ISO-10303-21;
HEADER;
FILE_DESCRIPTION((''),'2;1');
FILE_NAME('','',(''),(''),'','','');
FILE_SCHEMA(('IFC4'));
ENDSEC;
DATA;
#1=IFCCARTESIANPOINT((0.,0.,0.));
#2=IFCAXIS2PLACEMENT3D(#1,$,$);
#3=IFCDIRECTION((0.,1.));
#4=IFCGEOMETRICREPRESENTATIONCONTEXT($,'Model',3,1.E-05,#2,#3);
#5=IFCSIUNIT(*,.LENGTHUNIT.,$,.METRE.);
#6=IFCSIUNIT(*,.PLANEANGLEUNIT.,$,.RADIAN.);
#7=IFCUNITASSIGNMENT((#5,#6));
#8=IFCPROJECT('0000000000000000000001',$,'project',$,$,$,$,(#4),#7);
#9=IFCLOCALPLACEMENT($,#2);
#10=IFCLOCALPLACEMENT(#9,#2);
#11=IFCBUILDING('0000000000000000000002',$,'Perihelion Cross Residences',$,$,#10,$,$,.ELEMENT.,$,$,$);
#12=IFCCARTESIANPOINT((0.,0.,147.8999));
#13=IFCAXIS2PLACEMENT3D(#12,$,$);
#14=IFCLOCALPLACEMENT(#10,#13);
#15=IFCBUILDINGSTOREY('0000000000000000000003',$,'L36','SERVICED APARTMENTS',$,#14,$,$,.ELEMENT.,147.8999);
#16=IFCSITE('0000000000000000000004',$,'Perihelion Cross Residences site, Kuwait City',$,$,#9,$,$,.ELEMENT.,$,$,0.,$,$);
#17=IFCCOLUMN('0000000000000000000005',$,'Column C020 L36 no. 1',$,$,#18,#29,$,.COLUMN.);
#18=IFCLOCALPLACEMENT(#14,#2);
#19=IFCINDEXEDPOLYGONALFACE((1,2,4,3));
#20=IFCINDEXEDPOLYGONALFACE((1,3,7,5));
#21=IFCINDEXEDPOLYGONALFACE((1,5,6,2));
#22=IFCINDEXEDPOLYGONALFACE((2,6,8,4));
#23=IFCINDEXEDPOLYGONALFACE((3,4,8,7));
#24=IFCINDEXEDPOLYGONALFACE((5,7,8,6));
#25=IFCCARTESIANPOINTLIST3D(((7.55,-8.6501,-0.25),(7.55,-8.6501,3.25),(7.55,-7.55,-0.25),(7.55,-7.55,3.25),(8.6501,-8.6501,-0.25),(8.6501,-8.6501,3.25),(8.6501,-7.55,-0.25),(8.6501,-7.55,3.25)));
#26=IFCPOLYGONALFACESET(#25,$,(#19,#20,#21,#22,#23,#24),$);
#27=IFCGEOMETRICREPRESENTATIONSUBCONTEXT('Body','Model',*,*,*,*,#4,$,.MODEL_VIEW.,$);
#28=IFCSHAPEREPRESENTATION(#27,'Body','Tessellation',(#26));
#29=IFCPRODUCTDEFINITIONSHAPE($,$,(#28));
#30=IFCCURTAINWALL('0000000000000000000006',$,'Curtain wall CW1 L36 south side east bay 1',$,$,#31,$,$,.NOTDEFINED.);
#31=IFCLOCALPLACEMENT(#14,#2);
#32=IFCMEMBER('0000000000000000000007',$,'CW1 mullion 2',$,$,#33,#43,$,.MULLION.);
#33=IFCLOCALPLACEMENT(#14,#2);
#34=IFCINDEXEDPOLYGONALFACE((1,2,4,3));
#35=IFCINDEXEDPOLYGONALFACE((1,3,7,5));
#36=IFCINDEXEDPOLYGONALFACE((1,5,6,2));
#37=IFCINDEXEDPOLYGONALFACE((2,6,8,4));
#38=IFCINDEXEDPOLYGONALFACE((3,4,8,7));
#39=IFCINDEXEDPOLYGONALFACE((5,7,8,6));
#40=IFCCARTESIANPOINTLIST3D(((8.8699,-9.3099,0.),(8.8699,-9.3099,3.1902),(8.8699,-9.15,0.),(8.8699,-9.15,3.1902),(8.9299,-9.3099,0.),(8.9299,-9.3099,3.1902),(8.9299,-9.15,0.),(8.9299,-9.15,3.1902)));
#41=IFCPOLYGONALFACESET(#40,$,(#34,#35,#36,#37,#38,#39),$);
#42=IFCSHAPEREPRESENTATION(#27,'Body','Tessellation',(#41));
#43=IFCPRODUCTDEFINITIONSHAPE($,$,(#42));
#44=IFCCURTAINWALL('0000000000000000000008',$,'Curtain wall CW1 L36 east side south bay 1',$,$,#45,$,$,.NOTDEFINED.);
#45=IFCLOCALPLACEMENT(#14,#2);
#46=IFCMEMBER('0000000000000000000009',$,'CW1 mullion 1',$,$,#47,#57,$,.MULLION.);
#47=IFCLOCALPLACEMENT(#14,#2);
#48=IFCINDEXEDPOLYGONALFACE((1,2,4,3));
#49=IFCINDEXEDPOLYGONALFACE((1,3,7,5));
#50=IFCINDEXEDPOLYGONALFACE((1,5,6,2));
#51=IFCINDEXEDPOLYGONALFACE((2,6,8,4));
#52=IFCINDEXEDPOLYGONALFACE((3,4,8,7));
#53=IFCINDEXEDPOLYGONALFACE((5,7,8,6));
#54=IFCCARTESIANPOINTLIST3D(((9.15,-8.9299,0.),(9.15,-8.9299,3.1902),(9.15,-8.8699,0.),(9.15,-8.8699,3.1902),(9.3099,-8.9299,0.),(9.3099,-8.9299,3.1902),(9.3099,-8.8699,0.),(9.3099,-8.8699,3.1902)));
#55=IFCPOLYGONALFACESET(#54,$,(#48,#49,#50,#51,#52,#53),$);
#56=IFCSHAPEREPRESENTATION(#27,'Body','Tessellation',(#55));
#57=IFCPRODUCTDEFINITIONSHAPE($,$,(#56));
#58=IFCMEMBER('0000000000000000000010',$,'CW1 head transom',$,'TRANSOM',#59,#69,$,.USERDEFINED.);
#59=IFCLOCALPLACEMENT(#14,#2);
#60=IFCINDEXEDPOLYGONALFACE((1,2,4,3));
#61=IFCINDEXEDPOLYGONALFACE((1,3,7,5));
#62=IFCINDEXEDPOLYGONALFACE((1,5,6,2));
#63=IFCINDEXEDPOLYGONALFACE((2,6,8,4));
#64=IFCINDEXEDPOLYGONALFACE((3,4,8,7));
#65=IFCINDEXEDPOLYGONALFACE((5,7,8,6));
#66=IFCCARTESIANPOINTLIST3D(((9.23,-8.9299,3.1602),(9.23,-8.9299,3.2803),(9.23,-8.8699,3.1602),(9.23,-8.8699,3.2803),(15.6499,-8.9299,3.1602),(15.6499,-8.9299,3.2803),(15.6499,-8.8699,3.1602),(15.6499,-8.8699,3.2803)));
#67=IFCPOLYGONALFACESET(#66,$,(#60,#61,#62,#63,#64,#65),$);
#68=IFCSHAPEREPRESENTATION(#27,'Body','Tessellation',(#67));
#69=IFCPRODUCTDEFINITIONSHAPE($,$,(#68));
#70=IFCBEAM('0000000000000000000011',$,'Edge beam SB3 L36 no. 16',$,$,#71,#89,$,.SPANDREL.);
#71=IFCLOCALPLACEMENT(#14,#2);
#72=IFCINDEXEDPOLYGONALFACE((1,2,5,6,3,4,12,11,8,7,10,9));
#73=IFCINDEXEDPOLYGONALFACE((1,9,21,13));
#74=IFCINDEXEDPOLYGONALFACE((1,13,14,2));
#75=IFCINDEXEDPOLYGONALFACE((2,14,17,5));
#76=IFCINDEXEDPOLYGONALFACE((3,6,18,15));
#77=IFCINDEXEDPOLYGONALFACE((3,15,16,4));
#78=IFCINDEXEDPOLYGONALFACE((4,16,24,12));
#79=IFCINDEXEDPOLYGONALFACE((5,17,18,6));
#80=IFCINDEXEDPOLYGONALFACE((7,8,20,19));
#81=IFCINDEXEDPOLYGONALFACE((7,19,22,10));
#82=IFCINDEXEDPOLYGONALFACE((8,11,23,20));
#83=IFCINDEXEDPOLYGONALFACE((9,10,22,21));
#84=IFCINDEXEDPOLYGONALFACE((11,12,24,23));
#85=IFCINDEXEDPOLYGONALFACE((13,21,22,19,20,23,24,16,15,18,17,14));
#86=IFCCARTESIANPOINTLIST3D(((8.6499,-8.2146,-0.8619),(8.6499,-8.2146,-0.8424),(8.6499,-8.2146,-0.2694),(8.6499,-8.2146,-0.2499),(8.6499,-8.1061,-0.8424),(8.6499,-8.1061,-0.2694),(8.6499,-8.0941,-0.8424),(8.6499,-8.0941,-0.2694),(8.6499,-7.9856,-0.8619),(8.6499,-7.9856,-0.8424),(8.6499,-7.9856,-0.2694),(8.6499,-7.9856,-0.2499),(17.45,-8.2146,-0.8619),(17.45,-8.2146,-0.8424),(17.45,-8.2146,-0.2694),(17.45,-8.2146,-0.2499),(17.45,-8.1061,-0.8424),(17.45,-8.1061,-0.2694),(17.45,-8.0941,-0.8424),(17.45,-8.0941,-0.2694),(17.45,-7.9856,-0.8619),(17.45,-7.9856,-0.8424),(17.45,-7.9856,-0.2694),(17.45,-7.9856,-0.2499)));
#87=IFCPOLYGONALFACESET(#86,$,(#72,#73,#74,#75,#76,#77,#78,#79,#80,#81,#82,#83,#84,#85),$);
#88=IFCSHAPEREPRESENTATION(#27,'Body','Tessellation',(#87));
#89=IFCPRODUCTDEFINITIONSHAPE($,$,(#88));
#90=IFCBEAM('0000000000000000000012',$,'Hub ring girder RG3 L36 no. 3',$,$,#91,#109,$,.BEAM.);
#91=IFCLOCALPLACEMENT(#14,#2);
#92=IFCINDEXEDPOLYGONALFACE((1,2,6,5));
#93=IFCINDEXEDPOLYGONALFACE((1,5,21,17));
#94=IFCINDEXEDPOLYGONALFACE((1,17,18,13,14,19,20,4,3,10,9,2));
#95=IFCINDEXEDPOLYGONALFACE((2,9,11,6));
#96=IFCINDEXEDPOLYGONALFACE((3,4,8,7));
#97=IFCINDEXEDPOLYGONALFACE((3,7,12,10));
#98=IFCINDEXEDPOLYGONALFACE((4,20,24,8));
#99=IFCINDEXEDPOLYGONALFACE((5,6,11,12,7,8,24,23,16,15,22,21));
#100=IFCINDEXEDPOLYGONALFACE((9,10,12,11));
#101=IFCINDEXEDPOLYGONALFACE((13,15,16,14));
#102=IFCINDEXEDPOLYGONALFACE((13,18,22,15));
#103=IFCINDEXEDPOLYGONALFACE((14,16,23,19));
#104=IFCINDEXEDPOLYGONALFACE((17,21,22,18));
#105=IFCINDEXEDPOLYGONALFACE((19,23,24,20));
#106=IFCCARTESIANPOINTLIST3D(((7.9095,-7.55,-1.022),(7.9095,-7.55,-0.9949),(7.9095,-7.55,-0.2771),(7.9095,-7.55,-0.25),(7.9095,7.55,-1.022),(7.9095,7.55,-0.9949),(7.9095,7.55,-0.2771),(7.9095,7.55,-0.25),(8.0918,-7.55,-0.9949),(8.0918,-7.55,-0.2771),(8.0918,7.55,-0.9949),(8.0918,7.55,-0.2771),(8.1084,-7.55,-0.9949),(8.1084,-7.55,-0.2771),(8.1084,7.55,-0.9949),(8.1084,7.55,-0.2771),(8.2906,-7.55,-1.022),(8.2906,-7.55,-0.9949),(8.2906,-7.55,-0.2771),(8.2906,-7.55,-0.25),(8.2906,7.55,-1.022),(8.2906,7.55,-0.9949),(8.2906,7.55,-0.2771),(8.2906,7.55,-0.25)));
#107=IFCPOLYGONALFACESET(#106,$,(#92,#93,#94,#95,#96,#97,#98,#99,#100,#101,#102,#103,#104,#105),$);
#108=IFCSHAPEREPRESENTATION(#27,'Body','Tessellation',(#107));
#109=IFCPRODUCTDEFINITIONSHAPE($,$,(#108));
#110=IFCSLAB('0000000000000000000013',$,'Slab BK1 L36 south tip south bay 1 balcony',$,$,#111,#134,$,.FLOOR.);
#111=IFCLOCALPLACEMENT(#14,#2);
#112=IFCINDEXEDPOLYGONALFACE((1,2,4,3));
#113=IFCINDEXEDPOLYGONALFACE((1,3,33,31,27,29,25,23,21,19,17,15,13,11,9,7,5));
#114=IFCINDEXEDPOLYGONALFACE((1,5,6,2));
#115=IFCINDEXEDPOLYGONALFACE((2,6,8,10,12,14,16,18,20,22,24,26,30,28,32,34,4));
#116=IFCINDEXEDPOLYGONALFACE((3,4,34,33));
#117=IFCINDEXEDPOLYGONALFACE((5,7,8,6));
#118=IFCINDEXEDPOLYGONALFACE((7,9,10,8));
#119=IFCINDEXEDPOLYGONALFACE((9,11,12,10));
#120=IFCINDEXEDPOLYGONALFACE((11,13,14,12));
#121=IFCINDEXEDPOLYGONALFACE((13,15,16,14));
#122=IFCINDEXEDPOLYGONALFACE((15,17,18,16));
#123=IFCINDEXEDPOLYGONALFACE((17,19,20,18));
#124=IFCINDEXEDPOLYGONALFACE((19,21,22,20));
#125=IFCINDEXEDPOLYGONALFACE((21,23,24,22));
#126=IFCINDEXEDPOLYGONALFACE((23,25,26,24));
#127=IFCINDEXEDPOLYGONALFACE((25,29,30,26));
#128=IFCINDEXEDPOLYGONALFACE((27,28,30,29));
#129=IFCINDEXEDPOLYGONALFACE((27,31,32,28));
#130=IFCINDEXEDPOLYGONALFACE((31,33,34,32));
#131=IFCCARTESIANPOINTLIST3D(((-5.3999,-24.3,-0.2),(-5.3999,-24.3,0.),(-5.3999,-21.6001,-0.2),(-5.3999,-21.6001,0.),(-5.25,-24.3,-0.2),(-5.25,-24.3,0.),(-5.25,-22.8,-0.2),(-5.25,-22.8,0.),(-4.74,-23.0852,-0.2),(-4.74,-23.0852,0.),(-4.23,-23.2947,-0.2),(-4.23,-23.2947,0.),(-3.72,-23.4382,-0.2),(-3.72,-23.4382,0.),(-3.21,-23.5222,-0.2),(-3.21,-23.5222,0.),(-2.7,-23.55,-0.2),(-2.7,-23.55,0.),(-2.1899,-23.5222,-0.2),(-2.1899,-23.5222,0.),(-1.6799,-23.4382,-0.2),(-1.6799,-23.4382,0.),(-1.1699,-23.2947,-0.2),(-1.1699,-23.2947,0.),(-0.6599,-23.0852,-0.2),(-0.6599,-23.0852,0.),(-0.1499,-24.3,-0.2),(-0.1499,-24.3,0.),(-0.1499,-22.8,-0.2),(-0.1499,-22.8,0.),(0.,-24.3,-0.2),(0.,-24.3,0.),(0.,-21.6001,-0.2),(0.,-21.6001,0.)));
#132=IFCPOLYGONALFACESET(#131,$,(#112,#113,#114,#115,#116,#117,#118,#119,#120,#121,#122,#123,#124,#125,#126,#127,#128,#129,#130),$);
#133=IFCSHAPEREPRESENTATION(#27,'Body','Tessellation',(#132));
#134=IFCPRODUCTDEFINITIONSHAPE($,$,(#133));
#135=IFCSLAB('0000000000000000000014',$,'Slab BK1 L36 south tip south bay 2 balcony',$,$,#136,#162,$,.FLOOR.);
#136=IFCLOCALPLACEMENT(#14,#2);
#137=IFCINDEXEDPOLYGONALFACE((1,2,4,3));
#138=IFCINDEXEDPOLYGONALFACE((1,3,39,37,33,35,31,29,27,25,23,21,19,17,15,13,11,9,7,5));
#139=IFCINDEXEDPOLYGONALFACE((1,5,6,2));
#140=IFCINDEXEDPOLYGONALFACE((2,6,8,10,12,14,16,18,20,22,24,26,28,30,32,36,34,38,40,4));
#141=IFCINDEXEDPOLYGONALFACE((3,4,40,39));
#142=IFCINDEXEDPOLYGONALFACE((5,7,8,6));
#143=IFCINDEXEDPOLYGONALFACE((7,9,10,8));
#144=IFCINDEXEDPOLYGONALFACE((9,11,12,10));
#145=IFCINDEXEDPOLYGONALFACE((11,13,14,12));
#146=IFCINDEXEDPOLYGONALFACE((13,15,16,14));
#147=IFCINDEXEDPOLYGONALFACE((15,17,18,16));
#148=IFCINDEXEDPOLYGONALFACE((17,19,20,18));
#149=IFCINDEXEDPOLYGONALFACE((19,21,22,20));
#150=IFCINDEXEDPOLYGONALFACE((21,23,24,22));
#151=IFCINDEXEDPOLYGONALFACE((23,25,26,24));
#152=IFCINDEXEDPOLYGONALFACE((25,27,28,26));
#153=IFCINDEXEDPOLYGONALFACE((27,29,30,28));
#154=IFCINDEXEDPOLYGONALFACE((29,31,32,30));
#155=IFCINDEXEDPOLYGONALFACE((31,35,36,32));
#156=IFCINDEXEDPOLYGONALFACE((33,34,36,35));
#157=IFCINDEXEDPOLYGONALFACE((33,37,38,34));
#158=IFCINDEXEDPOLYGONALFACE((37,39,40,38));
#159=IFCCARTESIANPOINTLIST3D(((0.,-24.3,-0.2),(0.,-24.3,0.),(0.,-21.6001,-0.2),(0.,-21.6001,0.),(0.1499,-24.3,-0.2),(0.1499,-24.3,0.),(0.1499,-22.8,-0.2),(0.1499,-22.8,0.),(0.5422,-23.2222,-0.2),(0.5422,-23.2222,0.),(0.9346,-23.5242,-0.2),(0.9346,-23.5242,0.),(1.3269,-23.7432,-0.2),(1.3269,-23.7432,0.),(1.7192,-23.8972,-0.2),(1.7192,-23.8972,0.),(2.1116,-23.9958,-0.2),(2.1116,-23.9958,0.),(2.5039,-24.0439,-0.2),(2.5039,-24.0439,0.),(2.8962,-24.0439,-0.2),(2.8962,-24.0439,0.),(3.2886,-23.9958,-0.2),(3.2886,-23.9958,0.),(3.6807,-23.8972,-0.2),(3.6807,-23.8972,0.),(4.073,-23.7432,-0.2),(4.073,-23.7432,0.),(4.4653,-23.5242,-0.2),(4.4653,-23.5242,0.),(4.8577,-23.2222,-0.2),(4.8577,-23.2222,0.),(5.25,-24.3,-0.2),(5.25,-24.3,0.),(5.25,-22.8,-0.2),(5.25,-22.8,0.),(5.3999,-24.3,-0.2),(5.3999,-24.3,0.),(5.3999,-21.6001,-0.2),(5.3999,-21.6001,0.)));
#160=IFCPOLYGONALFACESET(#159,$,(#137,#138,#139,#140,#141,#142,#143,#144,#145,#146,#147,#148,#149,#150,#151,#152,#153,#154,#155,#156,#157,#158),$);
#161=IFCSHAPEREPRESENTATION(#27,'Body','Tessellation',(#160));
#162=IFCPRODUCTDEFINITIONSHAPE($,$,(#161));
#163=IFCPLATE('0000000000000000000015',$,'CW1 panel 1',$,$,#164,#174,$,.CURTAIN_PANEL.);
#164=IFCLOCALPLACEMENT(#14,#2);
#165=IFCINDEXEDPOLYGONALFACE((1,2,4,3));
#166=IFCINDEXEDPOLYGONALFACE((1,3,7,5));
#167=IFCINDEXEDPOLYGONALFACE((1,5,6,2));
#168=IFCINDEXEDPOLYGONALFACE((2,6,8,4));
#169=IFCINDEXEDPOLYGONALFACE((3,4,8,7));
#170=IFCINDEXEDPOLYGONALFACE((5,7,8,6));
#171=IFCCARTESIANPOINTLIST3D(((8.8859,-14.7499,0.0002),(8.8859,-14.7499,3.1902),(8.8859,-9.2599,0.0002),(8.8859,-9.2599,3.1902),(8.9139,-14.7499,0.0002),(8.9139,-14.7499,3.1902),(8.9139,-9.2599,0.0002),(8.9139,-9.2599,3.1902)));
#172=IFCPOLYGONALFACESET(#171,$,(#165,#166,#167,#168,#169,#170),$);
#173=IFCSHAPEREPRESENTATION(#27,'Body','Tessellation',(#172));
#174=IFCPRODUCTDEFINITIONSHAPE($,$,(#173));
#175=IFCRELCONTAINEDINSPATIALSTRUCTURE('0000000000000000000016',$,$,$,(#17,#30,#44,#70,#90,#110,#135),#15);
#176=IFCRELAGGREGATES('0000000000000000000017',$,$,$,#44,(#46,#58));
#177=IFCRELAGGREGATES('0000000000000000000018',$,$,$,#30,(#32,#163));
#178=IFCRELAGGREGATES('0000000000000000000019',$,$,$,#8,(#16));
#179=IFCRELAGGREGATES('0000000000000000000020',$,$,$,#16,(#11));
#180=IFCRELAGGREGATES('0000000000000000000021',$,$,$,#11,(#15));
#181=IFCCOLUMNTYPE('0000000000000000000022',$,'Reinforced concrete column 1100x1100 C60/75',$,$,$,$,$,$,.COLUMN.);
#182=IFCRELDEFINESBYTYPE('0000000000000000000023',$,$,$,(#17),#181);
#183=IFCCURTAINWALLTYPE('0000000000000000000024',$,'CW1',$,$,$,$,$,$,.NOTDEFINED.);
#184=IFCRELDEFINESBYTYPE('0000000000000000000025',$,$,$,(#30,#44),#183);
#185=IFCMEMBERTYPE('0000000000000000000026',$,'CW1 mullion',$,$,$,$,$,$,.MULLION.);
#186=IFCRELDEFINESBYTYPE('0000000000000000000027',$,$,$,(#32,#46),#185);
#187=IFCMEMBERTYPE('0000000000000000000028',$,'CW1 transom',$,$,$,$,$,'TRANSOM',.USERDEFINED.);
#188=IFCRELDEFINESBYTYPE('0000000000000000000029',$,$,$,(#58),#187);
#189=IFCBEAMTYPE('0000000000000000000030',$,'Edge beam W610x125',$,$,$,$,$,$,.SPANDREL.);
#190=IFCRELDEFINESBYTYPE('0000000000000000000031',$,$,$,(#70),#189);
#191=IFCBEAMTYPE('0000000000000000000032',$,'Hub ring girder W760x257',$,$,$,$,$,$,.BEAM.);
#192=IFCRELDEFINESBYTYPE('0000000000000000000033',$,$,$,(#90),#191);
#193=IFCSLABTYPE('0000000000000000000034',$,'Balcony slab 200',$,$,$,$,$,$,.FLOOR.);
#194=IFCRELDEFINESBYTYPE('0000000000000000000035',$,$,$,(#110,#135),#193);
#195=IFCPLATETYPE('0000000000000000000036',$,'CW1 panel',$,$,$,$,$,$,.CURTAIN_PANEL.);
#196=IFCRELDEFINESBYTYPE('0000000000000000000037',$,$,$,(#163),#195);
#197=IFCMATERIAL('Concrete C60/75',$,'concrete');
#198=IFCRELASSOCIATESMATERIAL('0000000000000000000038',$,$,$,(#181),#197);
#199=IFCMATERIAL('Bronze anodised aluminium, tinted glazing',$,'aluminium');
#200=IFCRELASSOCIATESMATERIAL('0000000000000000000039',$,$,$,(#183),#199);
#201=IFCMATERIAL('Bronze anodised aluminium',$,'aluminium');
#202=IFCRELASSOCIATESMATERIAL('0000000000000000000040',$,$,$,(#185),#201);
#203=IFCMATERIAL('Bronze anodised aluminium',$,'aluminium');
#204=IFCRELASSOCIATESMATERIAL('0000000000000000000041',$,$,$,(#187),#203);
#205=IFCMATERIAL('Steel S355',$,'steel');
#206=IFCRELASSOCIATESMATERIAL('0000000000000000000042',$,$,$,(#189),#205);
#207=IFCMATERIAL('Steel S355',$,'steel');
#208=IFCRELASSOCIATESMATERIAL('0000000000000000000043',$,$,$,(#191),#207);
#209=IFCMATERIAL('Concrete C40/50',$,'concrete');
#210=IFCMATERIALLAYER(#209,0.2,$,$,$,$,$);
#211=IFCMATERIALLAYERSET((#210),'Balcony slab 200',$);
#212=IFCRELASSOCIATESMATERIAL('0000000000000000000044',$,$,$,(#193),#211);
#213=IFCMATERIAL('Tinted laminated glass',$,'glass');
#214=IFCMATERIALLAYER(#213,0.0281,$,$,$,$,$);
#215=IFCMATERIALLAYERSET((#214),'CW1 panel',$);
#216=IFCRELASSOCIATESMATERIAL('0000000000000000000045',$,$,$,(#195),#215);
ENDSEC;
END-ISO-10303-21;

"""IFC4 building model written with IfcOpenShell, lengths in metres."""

from ifc_helpers import new_model, si_unit, direction, frame, origin, origin_2d, place, context, subcontext, project, spatial, polyline, rectangle, i_section, outline, extrude, material, layer, layer_set, material_profile, profile_set, type_object, element, aggregate, save


model = new_model("IFC4")

# Units and contexts
model_context = context("Model", 3, precision=1e-05, world=origin(), true_north=direction((0.0, 1.0)))
body_context = subcontext(model_context, "Body", "Model", "MODEL_VIEW")
ifc_project = project(units=[si_unit("LENGTHUNIT", "METRE"), si_unit("PLANEANGLEUNIT", "RADIAN")], contexts=[model_context])

# Site, building, storey
site_placement = place(None, origin())
site = spatial("IfcSite", under=ifc_project, at=site_placement, Name="Perihelion Cross Residences site, Kuwait City", CompositionType="ELEMENT", RefElevation=0.0)
building_placement = place(site_placement, origin())
building = spatial("IfcBuilding", under=site, at=building_placement, Name="Perihelion Cross Residences", CompositionType="ELEMENT")
storey_placement = place(building_placement, frame((0.0, 0.0, 147.8999)))
storey = spatial("IfcBuildingStorey", under=building, at=storey_placement, Name="L36", Description="SERVICED APARTMENTS", CompositionType="ELEMENT", Elevation=147.8999)

# Column
ifc_material_1 = material(Name="Concrete C60/75", Category="concrete")
ifc_material_profile_1 = material_profile(ifc_material_1, rectangle(XDim=1.1001, YDim=1.1001, at=origin_2d()), Name="RC 1100x1100")
ifc_profile_set_1 = profile_set([ifc_material_profile_1], Name="Concrete C60/75")
column_type = type_object("IfcColumnType", Name="Reinforced concrete column 1100x1100 C60/75", PredefinedType="COLUMN", material=ifc_profile_set_1)
column_placement = place(storey_placement, frame((8.1001, -8.1001, -0.25), z_axis=(0.0, 0.0, 1.0), x_axis=(1.0, 0.0, 0.0)))
element("IfcColumn", 1, at=column_placement, inside=storey, type_object=column_type, Name="Column C020 L36 no. 1", PredefinedType="COLUMN", context=body_context, shape_type="SweptSolid", body=[
    extrude(rectangle(XDim=1.1001, YDim=1.1001, at=origin_2d()), origin(), (0.0, 0.0, 1.0), 3.5),
])

# Curtain wall, member
ifc_material_2 = material(Name="Bronze anodised aluminium, tinted glazing", Category="aluminium")
curtain_wall_type = type_object("IfcCurtainWallType", Name="CW1", PredefinedType="NOTDEFINED", material=ifc_material_2)
curtain_wall_1_placement = place(storey_placement, origin())
curtain_wall_1 = element("IfcCurtainWall", 2, at=curtain_wall_1_placement, inside=storey, type_object=curtain_wall_type, Name="Curtain wall CW1 L36 south side east bay 1", PredefinedType="NOTDEFINED")
ifc_material_3 = material(Name="Bronze anodised aluminium", Category="aluminium")
ifc_material_profile_2 = material_profile(ifc_material_3, rectangle(XDim=0.0601, YDim=0.1599, at=origin_2d()), Name="CW1 mullion")
ifc_profile_set_2 = profile_set([ifc_material_profile_2], Name="Bronze anodised aluminium")
member_type_1 = type_object("IfcMemberType", Name="CW1 mullion", PredefinedType="MULLION", material=ifc_profile_set_2)
member_1_placement = place(storey_placement, frame((8.8999, -9.23, 0.0), z_axis=(0.0, 0.0, 1.0), x_axis=(-1.0, 0.0, 0.0)))
member_1 = element("IfcMember", 3, at=member_1_placement, type_object=member_type_1, Name="CW1 mullion 2", PredefinedType="MULLION", context=body_context, shape_type="SweptSolid", body=[
    extrude(rectangle(XDim=0.0601, YDim=0.1599, at=origin_2d()), origin(), (0.0, 0.0, 1.0), 3.1902),
])

# Curtain wall, members
curtain_wall_2_placement = place(storey_placement, origin())
curtain_wall_2 = element("IfcCurtainWall", 4, at=curtain_wall_2_placement, inside=storey, type_object=curtain_wall_type, Name="Curtain wall CW1 L36 east side south bay 1", PredefinedType="NOTDEFINED")
member_2_placement = place(storey_placement, frame((9.23, -8.8999, 0.0), z_axis=(0.0, 0.0, 1.0), x_axis=(0.0, 1.0, 0.0)))
member_2 = element("IfcMember", 5, at=member_2_placement, type_object=member_type_1, Name="CW1 mullion 1", PredefinedType="MULLION", context=body_context, shape_type="SweptSolid", body=[
    extrude(rectangle(XDim=0.0601, YDim=0.1599, at=origin_2d()), origin(), (0.0, 0.0, 1.0), 3.1902),
])
ifc_material_4 = material(Name="Bronze anodised aluminium", Category="aluminium")
ifc_material_profile_3 = material_profile(ifc_material_4, rectangle(XDim=0.0601, YDim=0.1201, at=origin_2d()), Name="CW1 transom")
ifc_profile_set_3 = profile_set([ifc_material_profile_3], Name="Bronze anodised aluminium")
member_type_2 = type_object("IfcMemberType", Name="CW1 transom", ElementType="TRANSOM", PredefinedType="USERDEFINED", material=ifc_profile_set_3)
member_3_placement = place(storey_placement, frame((9.23, -8.8999, 3.2202), z_axis=(1.0, 0.0, 0.0), x_axis=(0.0, 1.0, 0.0)))
member_3 = element("IfcMember", 6, at=member_3_placement, type_object=member_type_2, Name="CW1 head transom", ObjectType="TRANSOM", PredefinedType="USERDEFINED", context=body_context, shape_type="SweptSolid", body=[
    extrude(rectangle(XDim=0.0601, YDim=0.1201, at=origin_2d()), origin(), (0.0, 0.0, 1.0), 6.4199),
])
aggregate(curtain_wall_2, [member_2, member_3])

# Beams
ifc_material_5 = material(Name="Steel S355", Category="steel")
ifc_material_profile_4 = material_profile(ifc_material_5, i_section(OverallWidth=0.229, OverallDepth=0.6121, WebThickness=0.012, FlangeThickness=0.0195, at=origin_2d()), Name="W610x125")
ifc_profile_set_4 = profile_set([ifc_material_profile_4], Name="Steel S355")
beam_type_1 = type_object("IfcBeamType", Name="Edge beam W610x125", PredefinedType="SPANDREL", material=ifc_profile_set_4)
beam_1_placement = place(storey_placement, frame((8.6499, -8.1001, -0.5559), z_axis=(1.0, 0.0, 0.0), x_axis=(0.0, 1.0, 0.0)))
element("IfcBeam", 7, at=beam_1_placement, inside=storey, type_object=beam_type_1, Name="Edge beam SB3 L36 no. 16", PredefinedType="SPANDREL", context=body_context, shape_type="SweptSolid", body=[
    extrude(i_section(OverallWidth=0.229, OverallDepth=0.6121, WebThickness=0.012, FlangeThickness=0.0195, at=origin_2d()), origin(), (0.0, 0.0, 1.0), 8.8),
])
ifc_material_6 = material(Name="Steel S355", Category="steel")
ifc_material_profile_5 = material_profile(ifc_material_6, i_section(OverallWidth=0.3811, OverallDepth=0.772, WebThickness=0.0166, FlangeThickness=0.0271, at=origin_2d()), Name="W760x257")
ifc_profile_set_5 = profile_set([ifc_material_profile_5], Name="Steel S355")
beam_type_2 = type_object("IfcBeamType", Name="Hub ring girder W760x257", PredefinedType="BEAM", material=ifc_profile_set_5)
beam_2_placement = place(storey_placement, frame((8.1001, -7.55, -0.636), z_axis=(0.0, 1.0, 0.0), x_axis=(-1.0, 0.0, 0.0)))
element("IfcBeam", 8, at=beam_2_placement, inside=storey, type_object=beam_type_2, Name="Hub ring girder RG3 L36 no. 3", PredefinedType="BEAM", context=body_context, shape_type="SweptSolid", body=[
    extrude(i_section(OverallWidth=0.3811, OverallDepth=0.772, WebThickness=0.0166, FlangeThickness=0.0271, at=origin_2d()), origin(), (0.0, 0.0, 1.0), 15.1001),
])

# Slabs
ifc_material_7 = material(Name="Concrete C40/50", Category="concrete")
ifc_layer_1 = layer(ifc_material_7, 0.2)
ifc_layer_set_1 = layer_set([ifc_layer_1], Name="Balcony slab 200")
slab_type_1 = type_object("IfcSlabType", Name="Balcony slab 200", PredefinedType="FLOOR", material=ifc_layer_set_1)
slab_1_placement = place(storey_placement, frame((0.0, 0.0, -0.2)))
element("IfcSlab", 9, at=slab_1_placement, inside=storey, type_object=slab_type_1, Name="Slab BK1 L36 south tip south bay 1 balcony", PredefinedType="FLOOR", context=body_context, shape_type="SweptSolid", body=[
    extrude(outline(polyline([(-5.3999, -21.6001), (0.0, -21.6001), (0.0, -24.3), (-0.1499, -24.3), (-0.1499, -22.8), (-0.6599, -23.0852), (-1.1699, -23.2947), (-1.6799, -23.4382), (-2.1899, -23.5222), (-2.7, -23.55), (-3.21, -23.5222), (-3.72, -23.4382), (-4.23, -23.2947), (-4.74, -23.0852), (-5.25, -22.8), (-5.25, -24.3), (-5.3999, -24.3), (-5.3999, -21.6001)])), origin(), (0.0, 0.0, 1.0), 0.2),
])
slab_2_placement = place(storey_placement, frame((0.0, 0.0, -0.2)))
element("IfcSlab", 10, at=slab_2_placement, inside=storey, type_object=slab_type_1, Name="Slab BK1 L36 south tip south bay 2 balcony", PredefinedType="FLOOR", context=body_context, shape_type="SweptSolid", body=[
    extrude(outline(polyline([(0.0, -21.6001), (5.3999, -21.6001), (5.3999, -24.3), (5.25, -24.3), (5.25, -22.8), (4.8577, -23.2222), (4.4653, -23.5242), (4.073, -23.7432), (3.6807, -23.8972), (3.2886, -23.9958), (2.8962, -24.0439), (2.5039, -24.0439), (2.1116, -23.9958), (1.7192, -23.8972), (1.3269, -23.7432), (0.9346, -23.5242), (0.5422, -23.2222), (0.1499, -22.8), (0.1499, -24.3), (0.0, -24.3), (0.0, -21.6001)])), origin(), (0.0, 0.0, 1.0), 0.2),
])

# Plate
ifc_material_8 = material(Name="Tinted laminated glass", Category="glass")
ifc_layer_2 = layer(ifc_material_8, 0.0281)
ifc_layer_set_2 = layer_set([ifc_layer_2], Name="CW1 panel")
plate_type = type_object("IfcPlateType", Name="CW1 panel", PredefinedType="CURTAIN_PANEL", material=ifc_layer_set_2)
plate_placement = place(storey_placement, frame((8.8999, -12.0049, 0.0002), z_axis=(0.0, 0.0, 1.0), x_axis=(0.0, 1.0, 0.0)))
plate = element("IfcPlate", 11, at=plate_placement, type_object=plate_type, Name="CW1 panel 1", PredefinedType="CURTAIN_PANEL", context=body_context, shape_type="SweptSolid", body=[
    extrude(rectangle(XDim=5.49, YDim=0.0281, at=origin_2d()), origin(), (0.0, 0.0, 1.0), 3.1899),
])
aggregate(curtain_wall_1, [member_1, plate])

save(model, "model.ifc")
